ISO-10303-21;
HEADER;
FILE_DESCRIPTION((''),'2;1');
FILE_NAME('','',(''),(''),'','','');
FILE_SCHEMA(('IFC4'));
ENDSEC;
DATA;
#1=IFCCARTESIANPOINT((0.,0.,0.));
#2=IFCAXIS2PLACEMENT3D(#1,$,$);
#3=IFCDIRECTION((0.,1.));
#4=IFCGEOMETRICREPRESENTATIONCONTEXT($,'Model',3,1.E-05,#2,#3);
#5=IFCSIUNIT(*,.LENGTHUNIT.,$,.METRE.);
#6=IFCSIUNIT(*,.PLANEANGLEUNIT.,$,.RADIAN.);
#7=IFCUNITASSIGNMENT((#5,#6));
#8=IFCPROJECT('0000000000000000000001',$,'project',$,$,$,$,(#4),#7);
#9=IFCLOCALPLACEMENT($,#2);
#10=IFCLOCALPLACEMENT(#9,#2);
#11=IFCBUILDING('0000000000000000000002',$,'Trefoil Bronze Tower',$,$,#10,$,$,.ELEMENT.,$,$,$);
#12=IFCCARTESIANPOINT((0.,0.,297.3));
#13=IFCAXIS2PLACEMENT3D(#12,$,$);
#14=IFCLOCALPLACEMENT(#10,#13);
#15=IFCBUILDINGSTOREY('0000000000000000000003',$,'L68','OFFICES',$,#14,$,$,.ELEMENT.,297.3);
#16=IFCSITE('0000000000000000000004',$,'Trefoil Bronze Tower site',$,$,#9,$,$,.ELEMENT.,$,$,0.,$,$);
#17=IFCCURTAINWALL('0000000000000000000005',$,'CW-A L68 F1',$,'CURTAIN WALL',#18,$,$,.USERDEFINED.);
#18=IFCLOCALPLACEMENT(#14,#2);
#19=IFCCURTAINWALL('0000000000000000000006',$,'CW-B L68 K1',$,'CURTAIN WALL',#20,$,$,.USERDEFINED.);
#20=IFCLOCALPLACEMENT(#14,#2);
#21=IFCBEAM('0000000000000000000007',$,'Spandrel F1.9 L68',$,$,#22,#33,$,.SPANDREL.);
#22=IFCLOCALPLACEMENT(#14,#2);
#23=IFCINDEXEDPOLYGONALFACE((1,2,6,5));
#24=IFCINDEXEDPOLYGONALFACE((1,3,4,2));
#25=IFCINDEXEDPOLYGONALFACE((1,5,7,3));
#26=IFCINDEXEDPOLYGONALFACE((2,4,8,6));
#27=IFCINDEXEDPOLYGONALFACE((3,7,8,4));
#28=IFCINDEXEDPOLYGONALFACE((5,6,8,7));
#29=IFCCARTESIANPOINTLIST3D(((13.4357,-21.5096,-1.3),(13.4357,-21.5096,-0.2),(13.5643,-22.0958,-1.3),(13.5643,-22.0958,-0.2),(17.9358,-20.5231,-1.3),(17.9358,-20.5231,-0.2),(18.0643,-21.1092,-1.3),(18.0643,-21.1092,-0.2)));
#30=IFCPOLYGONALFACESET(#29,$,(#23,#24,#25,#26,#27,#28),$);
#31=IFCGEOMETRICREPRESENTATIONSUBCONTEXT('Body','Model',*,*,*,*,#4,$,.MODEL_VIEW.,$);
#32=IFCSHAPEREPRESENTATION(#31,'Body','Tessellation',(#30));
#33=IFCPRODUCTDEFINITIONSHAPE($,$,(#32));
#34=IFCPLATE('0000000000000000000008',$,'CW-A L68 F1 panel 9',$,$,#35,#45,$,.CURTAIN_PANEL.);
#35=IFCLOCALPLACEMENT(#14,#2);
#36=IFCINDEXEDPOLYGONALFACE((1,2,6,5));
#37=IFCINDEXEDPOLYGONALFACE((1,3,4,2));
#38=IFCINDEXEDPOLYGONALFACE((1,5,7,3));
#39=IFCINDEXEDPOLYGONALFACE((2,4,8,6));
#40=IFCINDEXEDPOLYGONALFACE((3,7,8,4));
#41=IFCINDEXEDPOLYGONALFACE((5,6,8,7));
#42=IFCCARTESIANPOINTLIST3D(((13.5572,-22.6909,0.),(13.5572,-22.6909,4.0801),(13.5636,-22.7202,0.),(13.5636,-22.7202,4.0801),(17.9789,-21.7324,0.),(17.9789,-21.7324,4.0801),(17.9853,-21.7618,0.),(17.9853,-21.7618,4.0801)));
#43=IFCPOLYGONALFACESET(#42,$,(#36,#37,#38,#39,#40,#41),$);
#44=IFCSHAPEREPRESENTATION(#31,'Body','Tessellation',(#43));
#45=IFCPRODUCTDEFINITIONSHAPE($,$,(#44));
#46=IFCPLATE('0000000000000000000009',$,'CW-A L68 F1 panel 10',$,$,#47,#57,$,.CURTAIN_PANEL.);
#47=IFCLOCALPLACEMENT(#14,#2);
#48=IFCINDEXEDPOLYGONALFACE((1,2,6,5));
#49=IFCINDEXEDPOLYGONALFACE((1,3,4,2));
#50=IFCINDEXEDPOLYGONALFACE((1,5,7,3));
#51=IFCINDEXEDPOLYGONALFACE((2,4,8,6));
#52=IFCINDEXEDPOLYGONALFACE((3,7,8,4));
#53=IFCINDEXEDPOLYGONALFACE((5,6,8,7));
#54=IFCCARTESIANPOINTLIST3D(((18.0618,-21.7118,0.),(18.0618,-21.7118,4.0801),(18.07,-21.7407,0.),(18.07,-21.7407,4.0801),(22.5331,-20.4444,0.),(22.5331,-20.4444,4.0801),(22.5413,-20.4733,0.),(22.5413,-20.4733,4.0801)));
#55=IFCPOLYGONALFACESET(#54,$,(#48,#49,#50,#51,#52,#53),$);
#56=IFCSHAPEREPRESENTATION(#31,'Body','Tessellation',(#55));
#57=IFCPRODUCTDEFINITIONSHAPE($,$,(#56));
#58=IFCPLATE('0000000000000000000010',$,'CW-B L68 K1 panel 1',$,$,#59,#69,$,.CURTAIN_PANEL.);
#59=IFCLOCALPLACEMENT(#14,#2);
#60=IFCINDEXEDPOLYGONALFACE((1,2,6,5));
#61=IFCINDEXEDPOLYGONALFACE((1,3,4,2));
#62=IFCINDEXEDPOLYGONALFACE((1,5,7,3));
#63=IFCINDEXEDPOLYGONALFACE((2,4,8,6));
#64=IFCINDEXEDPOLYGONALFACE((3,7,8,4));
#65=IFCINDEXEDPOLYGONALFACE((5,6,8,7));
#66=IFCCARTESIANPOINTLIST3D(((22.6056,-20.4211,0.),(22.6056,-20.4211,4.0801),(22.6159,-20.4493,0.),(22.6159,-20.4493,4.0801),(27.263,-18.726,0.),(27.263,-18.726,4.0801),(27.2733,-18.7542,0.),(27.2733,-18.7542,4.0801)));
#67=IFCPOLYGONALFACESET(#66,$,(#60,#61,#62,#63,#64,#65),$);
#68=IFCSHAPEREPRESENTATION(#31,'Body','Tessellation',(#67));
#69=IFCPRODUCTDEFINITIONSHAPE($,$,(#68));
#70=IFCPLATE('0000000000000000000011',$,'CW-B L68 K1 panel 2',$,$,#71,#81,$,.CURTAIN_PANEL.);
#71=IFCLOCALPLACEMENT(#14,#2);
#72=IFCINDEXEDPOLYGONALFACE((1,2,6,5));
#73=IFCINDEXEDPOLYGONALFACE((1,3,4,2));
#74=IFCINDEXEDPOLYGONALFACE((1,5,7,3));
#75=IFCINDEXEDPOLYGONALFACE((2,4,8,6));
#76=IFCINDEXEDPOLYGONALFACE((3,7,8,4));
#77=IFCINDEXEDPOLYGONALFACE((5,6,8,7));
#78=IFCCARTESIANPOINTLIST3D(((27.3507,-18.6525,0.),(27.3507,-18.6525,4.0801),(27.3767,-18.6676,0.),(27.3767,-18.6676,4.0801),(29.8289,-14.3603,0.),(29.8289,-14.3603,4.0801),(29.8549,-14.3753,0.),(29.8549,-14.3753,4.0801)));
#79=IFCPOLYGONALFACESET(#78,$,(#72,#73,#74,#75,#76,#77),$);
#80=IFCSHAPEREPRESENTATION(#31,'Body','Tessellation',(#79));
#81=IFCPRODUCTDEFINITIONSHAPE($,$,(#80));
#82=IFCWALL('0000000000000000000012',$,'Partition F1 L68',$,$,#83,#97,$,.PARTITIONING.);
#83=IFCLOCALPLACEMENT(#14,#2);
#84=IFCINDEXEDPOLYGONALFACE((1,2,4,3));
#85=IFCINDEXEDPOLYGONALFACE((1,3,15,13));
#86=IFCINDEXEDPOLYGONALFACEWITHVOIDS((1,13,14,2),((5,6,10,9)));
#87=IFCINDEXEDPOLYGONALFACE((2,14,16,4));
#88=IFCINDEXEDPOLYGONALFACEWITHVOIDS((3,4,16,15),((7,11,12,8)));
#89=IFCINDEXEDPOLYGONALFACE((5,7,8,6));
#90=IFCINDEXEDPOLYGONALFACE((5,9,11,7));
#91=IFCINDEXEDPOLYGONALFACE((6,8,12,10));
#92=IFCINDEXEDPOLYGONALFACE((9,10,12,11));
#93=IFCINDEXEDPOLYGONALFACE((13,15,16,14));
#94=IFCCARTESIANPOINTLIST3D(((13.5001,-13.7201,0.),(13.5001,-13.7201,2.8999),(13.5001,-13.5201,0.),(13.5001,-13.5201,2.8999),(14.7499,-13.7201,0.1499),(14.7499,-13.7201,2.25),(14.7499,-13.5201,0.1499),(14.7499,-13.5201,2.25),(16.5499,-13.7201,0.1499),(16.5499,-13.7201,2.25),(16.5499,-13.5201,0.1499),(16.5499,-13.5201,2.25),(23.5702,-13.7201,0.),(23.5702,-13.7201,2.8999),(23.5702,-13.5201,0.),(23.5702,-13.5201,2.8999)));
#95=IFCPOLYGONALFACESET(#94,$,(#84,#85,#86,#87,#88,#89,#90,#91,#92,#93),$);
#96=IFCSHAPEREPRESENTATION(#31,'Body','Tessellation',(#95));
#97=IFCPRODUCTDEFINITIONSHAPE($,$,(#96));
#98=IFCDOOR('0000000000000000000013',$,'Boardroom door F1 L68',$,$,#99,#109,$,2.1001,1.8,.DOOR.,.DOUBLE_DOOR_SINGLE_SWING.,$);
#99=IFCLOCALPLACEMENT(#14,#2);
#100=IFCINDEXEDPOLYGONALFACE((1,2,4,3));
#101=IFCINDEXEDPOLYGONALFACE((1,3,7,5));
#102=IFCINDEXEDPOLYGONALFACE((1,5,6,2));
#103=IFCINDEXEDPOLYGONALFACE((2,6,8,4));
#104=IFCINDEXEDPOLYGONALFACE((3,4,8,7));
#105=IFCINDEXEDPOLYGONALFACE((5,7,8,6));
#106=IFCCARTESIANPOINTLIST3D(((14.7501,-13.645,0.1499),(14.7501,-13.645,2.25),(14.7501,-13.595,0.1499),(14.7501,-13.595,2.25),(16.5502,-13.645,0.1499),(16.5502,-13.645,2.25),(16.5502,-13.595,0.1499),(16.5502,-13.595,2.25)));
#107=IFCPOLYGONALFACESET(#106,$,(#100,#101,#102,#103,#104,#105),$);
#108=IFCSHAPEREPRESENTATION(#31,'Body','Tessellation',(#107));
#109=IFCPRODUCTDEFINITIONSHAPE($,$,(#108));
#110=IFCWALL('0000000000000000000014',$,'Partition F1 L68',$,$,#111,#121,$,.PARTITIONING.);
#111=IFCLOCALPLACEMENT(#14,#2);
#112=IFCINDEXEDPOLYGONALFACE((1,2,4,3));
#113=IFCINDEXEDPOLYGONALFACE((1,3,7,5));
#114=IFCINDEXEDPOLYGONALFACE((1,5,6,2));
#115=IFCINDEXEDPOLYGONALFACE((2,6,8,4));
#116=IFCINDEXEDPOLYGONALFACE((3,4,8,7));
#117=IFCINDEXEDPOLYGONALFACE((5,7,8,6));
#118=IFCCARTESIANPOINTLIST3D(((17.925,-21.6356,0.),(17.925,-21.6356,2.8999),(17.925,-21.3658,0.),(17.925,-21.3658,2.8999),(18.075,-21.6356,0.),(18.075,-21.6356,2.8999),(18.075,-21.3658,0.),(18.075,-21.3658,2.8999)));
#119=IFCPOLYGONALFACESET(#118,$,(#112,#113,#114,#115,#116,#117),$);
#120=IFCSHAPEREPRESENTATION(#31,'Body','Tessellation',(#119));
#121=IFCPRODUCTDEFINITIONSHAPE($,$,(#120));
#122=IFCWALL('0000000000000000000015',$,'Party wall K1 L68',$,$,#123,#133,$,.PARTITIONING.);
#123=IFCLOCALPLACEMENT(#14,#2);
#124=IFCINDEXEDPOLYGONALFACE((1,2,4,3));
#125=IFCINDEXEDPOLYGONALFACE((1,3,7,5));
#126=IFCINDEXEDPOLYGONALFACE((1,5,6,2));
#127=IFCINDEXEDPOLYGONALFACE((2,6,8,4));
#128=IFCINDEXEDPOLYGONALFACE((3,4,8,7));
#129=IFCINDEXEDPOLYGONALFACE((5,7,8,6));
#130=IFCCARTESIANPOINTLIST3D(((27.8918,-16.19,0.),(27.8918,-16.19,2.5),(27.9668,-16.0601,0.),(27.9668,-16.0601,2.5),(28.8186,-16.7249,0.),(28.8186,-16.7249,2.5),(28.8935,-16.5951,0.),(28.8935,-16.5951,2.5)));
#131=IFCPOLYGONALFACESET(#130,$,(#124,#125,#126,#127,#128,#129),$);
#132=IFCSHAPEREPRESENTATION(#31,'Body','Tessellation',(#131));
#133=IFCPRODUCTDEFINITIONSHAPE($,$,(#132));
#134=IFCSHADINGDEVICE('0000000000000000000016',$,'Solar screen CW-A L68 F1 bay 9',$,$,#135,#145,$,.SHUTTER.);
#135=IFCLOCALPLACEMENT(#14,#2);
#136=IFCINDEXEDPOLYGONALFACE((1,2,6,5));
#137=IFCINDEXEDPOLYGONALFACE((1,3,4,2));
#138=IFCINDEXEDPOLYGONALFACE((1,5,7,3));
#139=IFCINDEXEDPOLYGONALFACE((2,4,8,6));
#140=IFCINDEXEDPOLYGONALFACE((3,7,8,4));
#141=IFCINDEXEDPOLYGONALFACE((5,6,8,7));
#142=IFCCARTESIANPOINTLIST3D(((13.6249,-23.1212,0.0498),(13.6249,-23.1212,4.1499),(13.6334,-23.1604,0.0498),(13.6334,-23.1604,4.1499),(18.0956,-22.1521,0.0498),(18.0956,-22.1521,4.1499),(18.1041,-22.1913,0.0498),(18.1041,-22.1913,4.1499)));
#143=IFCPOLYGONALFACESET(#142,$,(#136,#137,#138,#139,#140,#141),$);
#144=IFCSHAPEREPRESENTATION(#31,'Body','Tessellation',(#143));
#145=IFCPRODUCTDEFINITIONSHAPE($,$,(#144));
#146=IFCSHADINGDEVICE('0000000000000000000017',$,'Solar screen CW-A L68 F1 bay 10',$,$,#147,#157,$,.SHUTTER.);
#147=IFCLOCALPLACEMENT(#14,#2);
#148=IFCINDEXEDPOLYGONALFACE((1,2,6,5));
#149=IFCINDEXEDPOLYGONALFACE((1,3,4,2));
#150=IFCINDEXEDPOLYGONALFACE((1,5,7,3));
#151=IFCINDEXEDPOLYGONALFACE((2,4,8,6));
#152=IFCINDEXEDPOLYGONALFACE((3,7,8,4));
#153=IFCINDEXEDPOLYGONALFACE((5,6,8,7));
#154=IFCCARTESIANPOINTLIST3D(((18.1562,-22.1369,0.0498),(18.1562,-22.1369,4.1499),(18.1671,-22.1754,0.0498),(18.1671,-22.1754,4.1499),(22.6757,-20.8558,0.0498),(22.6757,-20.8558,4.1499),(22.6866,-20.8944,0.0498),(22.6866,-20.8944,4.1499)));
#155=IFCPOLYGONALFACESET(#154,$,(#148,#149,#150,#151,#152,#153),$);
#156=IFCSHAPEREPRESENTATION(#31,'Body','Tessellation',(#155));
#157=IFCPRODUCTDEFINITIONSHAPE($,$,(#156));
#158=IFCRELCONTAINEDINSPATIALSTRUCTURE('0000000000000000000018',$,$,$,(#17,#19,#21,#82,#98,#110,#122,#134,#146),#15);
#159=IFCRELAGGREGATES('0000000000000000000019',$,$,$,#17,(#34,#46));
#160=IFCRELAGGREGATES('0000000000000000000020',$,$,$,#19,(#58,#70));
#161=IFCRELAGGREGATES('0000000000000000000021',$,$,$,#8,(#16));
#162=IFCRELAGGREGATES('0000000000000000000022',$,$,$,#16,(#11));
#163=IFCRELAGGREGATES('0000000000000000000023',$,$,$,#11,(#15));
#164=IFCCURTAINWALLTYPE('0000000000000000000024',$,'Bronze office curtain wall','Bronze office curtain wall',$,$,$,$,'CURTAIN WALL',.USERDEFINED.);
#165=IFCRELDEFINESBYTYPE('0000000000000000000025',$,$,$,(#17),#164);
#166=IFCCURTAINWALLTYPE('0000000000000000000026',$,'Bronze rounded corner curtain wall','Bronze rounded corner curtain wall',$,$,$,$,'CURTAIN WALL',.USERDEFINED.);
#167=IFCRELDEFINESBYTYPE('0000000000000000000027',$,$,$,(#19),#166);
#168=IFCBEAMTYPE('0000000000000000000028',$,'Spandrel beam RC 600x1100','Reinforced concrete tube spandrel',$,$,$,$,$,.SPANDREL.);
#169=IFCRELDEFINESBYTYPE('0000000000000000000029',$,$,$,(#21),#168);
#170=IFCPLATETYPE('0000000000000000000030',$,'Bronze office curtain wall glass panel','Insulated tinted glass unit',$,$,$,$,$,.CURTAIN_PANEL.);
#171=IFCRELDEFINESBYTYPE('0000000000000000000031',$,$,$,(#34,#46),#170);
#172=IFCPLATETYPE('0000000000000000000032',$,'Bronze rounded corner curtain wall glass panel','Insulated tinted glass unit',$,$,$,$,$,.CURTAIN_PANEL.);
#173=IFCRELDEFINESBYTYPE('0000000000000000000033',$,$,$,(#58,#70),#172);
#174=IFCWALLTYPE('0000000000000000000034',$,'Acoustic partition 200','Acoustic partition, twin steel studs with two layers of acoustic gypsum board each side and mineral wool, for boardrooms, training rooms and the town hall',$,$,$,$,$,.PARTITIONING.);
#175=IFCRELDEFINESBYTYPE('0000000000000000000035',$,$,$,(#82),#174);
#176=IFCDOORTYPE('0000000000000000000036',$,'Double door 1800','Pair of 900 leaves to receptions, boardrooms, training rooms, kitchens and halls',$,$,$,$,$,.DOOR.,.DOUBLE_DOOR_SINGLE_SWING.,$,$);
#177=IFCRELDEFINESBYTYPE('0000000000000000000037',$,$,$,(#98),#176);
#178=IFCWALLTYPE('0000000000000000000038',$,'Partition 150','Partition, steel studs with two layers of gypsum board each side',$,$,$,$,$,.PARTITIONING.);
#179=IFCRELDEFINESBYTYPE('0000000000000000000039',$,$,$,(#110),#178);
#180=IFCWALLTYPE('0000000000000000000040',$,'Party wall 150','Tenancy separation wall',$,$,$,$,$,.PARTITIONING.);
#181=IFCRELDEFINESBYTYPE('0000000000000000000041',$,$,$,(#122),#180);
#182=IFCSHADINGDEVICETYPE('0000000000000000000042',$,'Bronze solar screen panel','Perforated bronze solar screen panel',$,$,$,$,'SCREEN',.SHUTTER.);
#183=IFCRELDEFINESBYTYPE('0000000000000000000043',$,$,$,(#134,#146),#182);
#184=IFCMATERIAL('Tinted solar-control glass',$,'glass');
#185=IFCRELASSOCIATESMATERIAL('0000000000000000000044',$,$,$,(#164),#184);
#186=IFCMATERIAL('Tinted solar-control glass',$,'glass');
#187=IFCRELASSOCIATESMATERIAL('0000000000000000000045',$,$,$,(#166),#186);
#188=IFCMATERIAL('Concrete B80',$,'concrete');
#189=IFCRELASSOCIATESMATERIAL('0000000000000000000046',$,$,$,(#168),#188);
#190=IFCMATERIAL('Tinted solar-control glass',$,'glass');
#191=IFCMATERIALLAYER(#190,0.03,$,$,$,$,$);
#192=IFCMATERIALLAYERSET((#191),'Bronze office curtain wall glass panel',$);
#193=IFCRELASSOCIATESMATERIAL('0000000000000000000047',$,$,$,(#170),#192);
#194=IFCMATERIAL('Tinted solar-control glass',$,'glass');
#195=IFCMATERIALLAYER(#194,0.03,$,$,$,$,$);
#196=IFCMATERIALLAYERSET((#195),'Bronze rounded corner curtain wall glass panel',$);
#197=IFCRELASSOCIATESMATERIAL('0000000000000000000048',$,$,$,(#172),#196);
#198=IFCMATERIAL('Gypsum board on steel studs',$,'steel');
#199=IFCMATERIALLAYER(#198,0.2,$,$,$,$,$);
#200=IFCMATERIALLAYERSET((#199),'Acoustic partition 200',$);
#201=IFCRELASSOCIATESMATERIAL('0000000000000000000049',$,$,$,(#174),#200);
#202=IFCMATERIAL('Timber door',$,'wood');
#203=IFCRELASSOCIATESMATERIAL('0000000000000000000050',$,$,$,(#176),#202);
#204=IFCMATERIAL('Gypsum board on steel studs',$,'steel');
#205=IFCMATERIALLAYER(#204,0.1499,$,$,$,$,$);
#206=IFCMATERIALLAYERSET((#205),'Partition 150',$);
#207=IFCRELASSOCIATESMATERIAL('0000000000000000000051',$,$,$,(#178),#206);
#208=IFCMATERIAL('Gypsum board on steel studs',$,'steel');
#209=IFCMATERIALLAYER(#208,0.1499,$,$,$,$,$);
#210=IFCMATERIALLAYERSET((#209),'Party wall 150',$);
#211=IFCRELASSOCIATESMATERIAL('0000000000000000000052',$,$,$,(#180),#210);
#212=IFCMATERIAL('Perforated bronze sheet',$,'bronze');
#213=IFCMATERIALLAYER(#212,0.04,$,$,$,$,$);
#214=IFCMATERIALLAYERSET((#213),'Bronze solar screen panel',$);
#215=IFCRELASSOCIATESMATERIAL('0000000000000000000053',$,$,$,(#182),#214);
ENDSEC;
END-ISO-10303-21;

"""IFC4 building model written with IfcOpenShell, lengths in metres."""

from ifc_helpers import new_model, si_unit, direction, frame, frame_2d, origin, origin_2d, place, context, subcontext, project, spatial, rectangle, extrude, material, layer, layer_set, material_profile, profile_set, type_object, element, fill, aggregate, save


model = new_model("IFC4")

# Units and contexts
model_context = context("Model", 3, precision=1e-05, world=origin(), true_north=direction((0.0, 1.0)))
body_context = subcontext(model_context, "Body", "Model", "MODEL_VIEW")
ifc_project = project(units=[si_unit("LENGTHUNIT", "METRE"), si_unit("PLANEANGLEUNIT", "RADIAN")], contexts=[model_context])

# Site, building, storey
site_placement = place(None, origin())
site = spatial("IfcSite", under=ifc_project, at=site_placement, Name="Trefoil Bronze Tower site", CompositionType="ELEMENT", RefElevation=0.0)
building_placement = place(site_placement, origin())
building = spatial("IfcBuilding", under=site, at=building_placement, Name="Trefoil Bronze Tower", CompositionType="ELEMENT")
storey_placement = place(building_placement, frame((0.0, 0.0, 297.3)))
storey = spatial("IfcBuildingStorey", under=building, at=storey_placement, Name="L68", Description="OFFICES", CompositionType="ELEMENT", Elevation=297.3)

# Curtain walls
ifc_material_1 = material(Name="Tinted solar-control glass", Category="glass")
curtain_wall_type_1 = type_object("IfcCurtainWallType", Name="Bronze office curtain wall", Description="Bronze office curtain wall", ElementType="CURTAIN WALL", PredefinedType="USERDEFINED", material=ifc_material_1)
curtain_wall_1_placement = place(storey_placement, origin())
curtain_wall_1 = element("IfcCurtainWall", 1, at=curtain_wall_1_placement, inside=storey, type_object=curtain_wall_type_1, Name="CW-A L68 F1", ObjectType="CURTAIN WALL", PredefinedType="USERDEFINED")
ifc_material_2 = material(Name="Tinted solar-control glass", Category="glass")
curtain_wall_type_2 = type_object("IfcCurtainWallType", Name="Bronze rounded corner curtain wall", Description="Bronze rounded corner curtain wall", ElementType="CURTAIN WALL", PredefinedType="USERDEFINED", material=ifc_material_2)
curtain_wall_2_placement = place(storey_placement, origin())
curtain_wall_2 = element("IfcCurtainWall", 2, at=curtain_wall_2_placement, inside=storey, type_object=curtain_wall_type_2, Name="CW-B L68 K1", ObjectType="CURTAIN WALL", PredefinedType="USERDEFINED")

# Beam
ifc_material_3 = material(Name="Concrete B80", Category="concrete")
ifc_material_profile_1 = material_profile(ifc_material_3, rectangle(XDim=0.6001, YDim=1.1001, at=origin_2d()), Name="RC 600x1100")
ifc_profile_set_1 = profile_set([ifc_material_profile_1], Name="Concrete B80")
beam_type_1 = type_object("IfcBeamType", Name="Spandrel beam RC 600x1100", Description="Reinforced concrete tube spandrel", PredefinedType="SPANDREL", material=ifc_profile_set_1)
beam_1_placement = place(storey_placement, frame((13.5, -21.8027, -0.75), z_axis=(0.9768, 0.214152, 0.0), x_axis=(-0.214152, 0.9768, 0.0)))
element("IfcBeam", 3, at=beam_1_placement, inside=storey, type_object=beam_type_1, Name="Spandrel F1.9 L68", PredefinedType="SPANDREL", context=body_context, shape_type="SweptSolid", body=[
    extrude(rectangle(XDim=0.6001, YDim=1.1001, at=origin_2d()), origin(), (0.0, 0.0, 1.0), 4.6069),
])

# Plates
ifc_material_4 = material(Name="Tinted solar-control glass", Category="glass")
ifc_layer_1 = layer(ifc_material_4, 0.03)
ifc_layer_set_1 = layer_set([ifc_layer_1], Name="Bronze office curtain wall glass panel")
plate_type_1 = type_object("IfcPlateType", Name="Bronze office curtain wall glass panel", Description="Insulated tinted glass unit", PredefinedType="CURTAIN_PANEL", material=ifc_layer_set_1)
plate_1_placement = place(storey_placement, frame((15.7712, -22.2263, 0.0), z_axis=(0.0, 0.0, 1.0), x_axis=(0.977303, 0.211846, 0.0)))
plate_1 = element("IfcPlate", 4, at=plate_1_placement, type_object=plate_type_1, Name="CW-A L68 F1 panel 9", PredefinedType="CURTAIN_PANEL", context=body_context, shape_type="SweptSolid", body=[
    extrude(rectangle(XDim=4.5244, YDim=0.03, at=origin_2d()), origin(), (0.0, 0.0, 1.0), 4.0801),
])
plate_2_placement = place(storey_placement, frame((20.3015, -21.0925, 0.0), z_axis=(0.0, 0.0, 1.0), x_axis=(0.962098, 0.272705, 0.0)))
plate_2 = element("IfcPlate", 5, at=plate_2_placement, type_object=plate_type_1, Name="CW-A L68 F1 panel 10", PredefinedType="CURTAIN_PANEL", context=body_context, shape_type="SweptSolid", body=[
    extrude(rectangle(XDim=4.6475, YDim=0.03, at=origin_2d()), origin(), (0.0, 0.0, 1.0), 4.0801),
])
aggregate(curtain_wall_1, [plate_1, plate_2])
ifc_material_5 = material(Name="Tinted solar-control glass", Category="glass")
ifc_layer_2 = layer(ifc_material_5, 0.03)
ifc_layer_set_2 = layer_set([ifc_layer_2], Name="Bronze rounded corner curtain wall glass panel")
plate_type_2 = type_object("IfcPlateType", Name="Bronze rounded corner curtain wall glass panel", Description="Insulated tinted glass unit", PredefinedType="CURTAIN_PANEL", material=ifc_layer_set_2)
plate_3_placement = place(storey_placement, frame((24.9395, -19.5876, 0.0), z_axis=(0.0, 0.0, 1.0), x_axis=(0.939693, 0.34202, 0.0)))
plate_3 = element("IfcPlate", 6, at=plate_3_placement, type_object=plate_type_2, Name="CW-B L68 K1 panel 1", PredefinedType="CURTAIN_PANEL", context=body_context, shape_type="SweptSolid", body=[
    extrude(rectangle(XDim=4.9563, YDim=0.03, at=origin_2d()), origin(), (0.0, 0.0, 1.0), 4.0801),
])
plate_4_placement = place(storey_placement, frame((28.6028, -16.5139, 0.0), z_axis=(0.0, 0.0, 1.0), x_axis=(0.5, 0.866025, 0.0)))
plate_4 = element("IfcPlate", 7, at=plate_4_placement, type_object=plate_type_2, Name="CW-B L68 K1 panel 2", PredefinedType="CURTAIN_PANEL", context=body_context, shape_type="SweptSolid", body=[
    extrude(rectangle(XDim=4.9563, YDim=0.03, at=origin_2d()), origin(), (0.0, 0.0, 1.0), 4.0801),
])
aggregate(curtain_wall_2, [plate_3, plate_4])

# Wall, opening, door
ifc_material_6 = material(Name="Gypsum board on steel studs", Category="steel")
ifc_layer_3 = layer(ifc_material_6, 0.2)
ifc_layer_set_3 = layer_set([ifc_layer_3], Name="Acoustic partition 200")
wall_type_1 = type_object("IfcWallType", Name="Acoustic partition 200", Description="Acoustic partition, twin steel studs with two layers of acoustic gypsum board each side and mineral wool, for boardrooms, training rooms and the town hall", PredefinedType="PARTITIONING", material=ifc_layer_set_3)
wall_1_placement = place(storey_placement, frame((13.5, -13.6201, 0.0), z_axis=(0.0, 0.0, 1.0), x_axis=(1.0, 0.0, 0.0)))
wall_1 = element("IfcWall", 8, at=wall_1_placement, inside=storey, type_object=wall_type_1, Name="Partition F1 L68", PredefinedType="PARTITIONING", context=body_context, shape_type="SweptSolid", body=[
    extrude(rectangle(XDim=10.0701, YDim=0.2, at=frame_2d((5.0352, 0.0))), origin(), (0.0, 0.0, 1.0), 2.8999),
])
opening_placement = place(wall_1_placement, frame((1.25, 0.0, 0.1499)))
opening = element("IfcOpeningElement", 9, at=opening_placement, cuts=wall_1, PredefinedType="OPENING", context=body_context, shape_type="SweptSolid", body=[
    extrude(rectangle(XDim=1.8, YDim=2.1001, at=frame_2d((0.8999, 1.05))), frame((0.0, 0.1099, 0.0), z_axis=(0.0, -1.0, 0.0), x_axis=(1.0, 0.0, 0.0)), (0.0, 0.0, 1.0), 0.22),
])
ifc_material_7 = material(Name="Timber door", Category="wood")
door_type = type_object("IfcDoorType", Name="Double door 1800", Description="Pair of 900 leaves to receptions, boardrooms, training rooms, kitchens and halls", OperationType="DOUBLE_DOOR_SINGLE_SWING", PredefinedType="DOOR", material=ifc_material_7)
door_placement = place(opening_placement, frame((1.8, 0.0, 0.0), z_axis=(0.0, 0.0, 1.0), x_axis=(-1.0, 0.0, 0.0)))
door = element("IfcDoor", 10, at=door_placement, inside=storey, type_object=door_type, Name="Boardroom door F1 L68", OperationType="DOUBLE_DOOR_SINGLE_SWING", OverallHeight=2.1001, OverallWidth=1.8, PredefinedType="DOOR", context=body_context, shape_type="SweptSolid", body=[
    extrude(rectangle(XDim=1.8, YDim=2.1001, at=frame_2d((0.8999, 1.05))), frame((0.0, 0.0249, 0.0), z_axis=(0.0, -1.0, 0.0), x_axis=(1.0, 0.0, 0.0)), (0.0, 0.0, 1.0), 0.05),
])
fill(opening, door)

# Walls
ifc_material_8 = material(Name="Gypsum board on steel studs", Category="steel")
ifc_layer_4 = layer(ifc_material_8, 0.1499)
ifc_layer_set_4 = layer_set([ifc_layer_4], Name="Partition 150")
wall_type_2 = type_object("IfcWallType", Name="Partition 150", Description="Partition, steel studs with two layers of gypsum board each side", PredefinedType="PARTITIONING", material=ifc_layer_set_4)
wall_2_placement = place(storey_placement, frame((18.0, -21.366, 0.0), z_axis=(0.0, 0.0, 1.0), x_axis=(0.0, -1.0, 0.0)))
element("IfcWall", 11, at=wall_2_placement, inside=storey, type_object=wall_type_2, Name="Partition F1 L68", PredefinedType="PARTITIONING", context=body_context, shape_type="SweptSolid", body=[
    extrude(rectangle(XDim=0.2698, YDim=0.1499, at=frame_2d((0.1348, 0.0))), origin(), (0.0, 0.0, 1.0), 2.8999),
])
ifc_material_9 = material(Name="Gypsum board on steel studs", Category="steel")
ifc_layer_5 = layer(ifc_material_9, 0.1499)
ifc_layer_set_5 = layer_set([ifc_layer_5], Name="Party wall 150")
wall_type_3 = type_object("IfcWallType", Name="Party wall 150", Description="Tenancy separation wall", PredefinedType="PARTITIONING", material=ifc_layer_set_5)
wall_3_placement = place(storey_placement, frame((27.9292, -16.125, 0.0), z_axis=(0.0, 0.0, 1.0), x_axis=(0.866087, -0.499894, 0.0)))
element("IfcWall", 12, at=wall_3_placement, inside=storey, type_object=wall_type_3, Name="Party wall K1 L68", PredefinedType="PARTITIONING", context=body_context, shape_type="SweptSolid", body=[
    extrude(rectangle(XDim=1.0701, YDim=0.1499, at=frame_2d((0.5352, 0.0))), origin(), (0.0, 0.0, 1.0), 2.5),
])

# Shading devices
ifc_material_10 = material(Name="Perforated bronze sheet", Category="bronze")
ifc_layer_6 = layer(ifc_material_10, 0.04)
ifc_layer_set_6 = layer_set([ifc_layer_6], Name="Bronze solar screen panel")
shading_device_type = type_object("IfcShadingDeviceType", Name="Bronze solar screen panel", Description="Perforated bronze solar screen panel", ElementType="SCREEN", PredefinedType="SHUTTER", material=ifc_layer_set_6)
shading_device_1_placement = place(storey_placement, frame((15.8645, -22.6562, 0.0498), z_axis=(0.0, 0.0, 1.0), x_axis=(0.977303, 0.211846, 0.0)))
element("IfcShadingDevice", 13, at=shading_device_1_placement, inside=storey, type_object=shading_device_type, Name="Solar screen CW-A L68 F1 bay 9", PredefinedType="SHUTTER", context=body_context, shape_type="SweptSolid", body=[
    extrude(rectangle(XDim=4.5745, YDim=0.04, at=origin_2d()), origin(), (0.0, 0.0, 1.0), 4.1001),
])
shading_device_2_placement = place(storey_placement, frame((20.4214, -21.5156, 0.0498), z_axis=(0.0, 0.0, 1.0), x_axis=(0.962098, 0.272705, 0.0)))
element("IfcShadingDevice", 14, at=shading_device_2_placement, inside=storey, type_object=shading_device_type, Name="Solar screen CW-A L68 F1 bay 10", PredefinedType="SHUTTER", context=body_context, shape_type="SweptSolid", body=[
    extrude(rectangle(XDim=4.6975, YDim=0.04, at=origin_2d()), origin(), (0.0, 0.0, 1.0), 4.1001),
])

save(model, "model.ifc")
